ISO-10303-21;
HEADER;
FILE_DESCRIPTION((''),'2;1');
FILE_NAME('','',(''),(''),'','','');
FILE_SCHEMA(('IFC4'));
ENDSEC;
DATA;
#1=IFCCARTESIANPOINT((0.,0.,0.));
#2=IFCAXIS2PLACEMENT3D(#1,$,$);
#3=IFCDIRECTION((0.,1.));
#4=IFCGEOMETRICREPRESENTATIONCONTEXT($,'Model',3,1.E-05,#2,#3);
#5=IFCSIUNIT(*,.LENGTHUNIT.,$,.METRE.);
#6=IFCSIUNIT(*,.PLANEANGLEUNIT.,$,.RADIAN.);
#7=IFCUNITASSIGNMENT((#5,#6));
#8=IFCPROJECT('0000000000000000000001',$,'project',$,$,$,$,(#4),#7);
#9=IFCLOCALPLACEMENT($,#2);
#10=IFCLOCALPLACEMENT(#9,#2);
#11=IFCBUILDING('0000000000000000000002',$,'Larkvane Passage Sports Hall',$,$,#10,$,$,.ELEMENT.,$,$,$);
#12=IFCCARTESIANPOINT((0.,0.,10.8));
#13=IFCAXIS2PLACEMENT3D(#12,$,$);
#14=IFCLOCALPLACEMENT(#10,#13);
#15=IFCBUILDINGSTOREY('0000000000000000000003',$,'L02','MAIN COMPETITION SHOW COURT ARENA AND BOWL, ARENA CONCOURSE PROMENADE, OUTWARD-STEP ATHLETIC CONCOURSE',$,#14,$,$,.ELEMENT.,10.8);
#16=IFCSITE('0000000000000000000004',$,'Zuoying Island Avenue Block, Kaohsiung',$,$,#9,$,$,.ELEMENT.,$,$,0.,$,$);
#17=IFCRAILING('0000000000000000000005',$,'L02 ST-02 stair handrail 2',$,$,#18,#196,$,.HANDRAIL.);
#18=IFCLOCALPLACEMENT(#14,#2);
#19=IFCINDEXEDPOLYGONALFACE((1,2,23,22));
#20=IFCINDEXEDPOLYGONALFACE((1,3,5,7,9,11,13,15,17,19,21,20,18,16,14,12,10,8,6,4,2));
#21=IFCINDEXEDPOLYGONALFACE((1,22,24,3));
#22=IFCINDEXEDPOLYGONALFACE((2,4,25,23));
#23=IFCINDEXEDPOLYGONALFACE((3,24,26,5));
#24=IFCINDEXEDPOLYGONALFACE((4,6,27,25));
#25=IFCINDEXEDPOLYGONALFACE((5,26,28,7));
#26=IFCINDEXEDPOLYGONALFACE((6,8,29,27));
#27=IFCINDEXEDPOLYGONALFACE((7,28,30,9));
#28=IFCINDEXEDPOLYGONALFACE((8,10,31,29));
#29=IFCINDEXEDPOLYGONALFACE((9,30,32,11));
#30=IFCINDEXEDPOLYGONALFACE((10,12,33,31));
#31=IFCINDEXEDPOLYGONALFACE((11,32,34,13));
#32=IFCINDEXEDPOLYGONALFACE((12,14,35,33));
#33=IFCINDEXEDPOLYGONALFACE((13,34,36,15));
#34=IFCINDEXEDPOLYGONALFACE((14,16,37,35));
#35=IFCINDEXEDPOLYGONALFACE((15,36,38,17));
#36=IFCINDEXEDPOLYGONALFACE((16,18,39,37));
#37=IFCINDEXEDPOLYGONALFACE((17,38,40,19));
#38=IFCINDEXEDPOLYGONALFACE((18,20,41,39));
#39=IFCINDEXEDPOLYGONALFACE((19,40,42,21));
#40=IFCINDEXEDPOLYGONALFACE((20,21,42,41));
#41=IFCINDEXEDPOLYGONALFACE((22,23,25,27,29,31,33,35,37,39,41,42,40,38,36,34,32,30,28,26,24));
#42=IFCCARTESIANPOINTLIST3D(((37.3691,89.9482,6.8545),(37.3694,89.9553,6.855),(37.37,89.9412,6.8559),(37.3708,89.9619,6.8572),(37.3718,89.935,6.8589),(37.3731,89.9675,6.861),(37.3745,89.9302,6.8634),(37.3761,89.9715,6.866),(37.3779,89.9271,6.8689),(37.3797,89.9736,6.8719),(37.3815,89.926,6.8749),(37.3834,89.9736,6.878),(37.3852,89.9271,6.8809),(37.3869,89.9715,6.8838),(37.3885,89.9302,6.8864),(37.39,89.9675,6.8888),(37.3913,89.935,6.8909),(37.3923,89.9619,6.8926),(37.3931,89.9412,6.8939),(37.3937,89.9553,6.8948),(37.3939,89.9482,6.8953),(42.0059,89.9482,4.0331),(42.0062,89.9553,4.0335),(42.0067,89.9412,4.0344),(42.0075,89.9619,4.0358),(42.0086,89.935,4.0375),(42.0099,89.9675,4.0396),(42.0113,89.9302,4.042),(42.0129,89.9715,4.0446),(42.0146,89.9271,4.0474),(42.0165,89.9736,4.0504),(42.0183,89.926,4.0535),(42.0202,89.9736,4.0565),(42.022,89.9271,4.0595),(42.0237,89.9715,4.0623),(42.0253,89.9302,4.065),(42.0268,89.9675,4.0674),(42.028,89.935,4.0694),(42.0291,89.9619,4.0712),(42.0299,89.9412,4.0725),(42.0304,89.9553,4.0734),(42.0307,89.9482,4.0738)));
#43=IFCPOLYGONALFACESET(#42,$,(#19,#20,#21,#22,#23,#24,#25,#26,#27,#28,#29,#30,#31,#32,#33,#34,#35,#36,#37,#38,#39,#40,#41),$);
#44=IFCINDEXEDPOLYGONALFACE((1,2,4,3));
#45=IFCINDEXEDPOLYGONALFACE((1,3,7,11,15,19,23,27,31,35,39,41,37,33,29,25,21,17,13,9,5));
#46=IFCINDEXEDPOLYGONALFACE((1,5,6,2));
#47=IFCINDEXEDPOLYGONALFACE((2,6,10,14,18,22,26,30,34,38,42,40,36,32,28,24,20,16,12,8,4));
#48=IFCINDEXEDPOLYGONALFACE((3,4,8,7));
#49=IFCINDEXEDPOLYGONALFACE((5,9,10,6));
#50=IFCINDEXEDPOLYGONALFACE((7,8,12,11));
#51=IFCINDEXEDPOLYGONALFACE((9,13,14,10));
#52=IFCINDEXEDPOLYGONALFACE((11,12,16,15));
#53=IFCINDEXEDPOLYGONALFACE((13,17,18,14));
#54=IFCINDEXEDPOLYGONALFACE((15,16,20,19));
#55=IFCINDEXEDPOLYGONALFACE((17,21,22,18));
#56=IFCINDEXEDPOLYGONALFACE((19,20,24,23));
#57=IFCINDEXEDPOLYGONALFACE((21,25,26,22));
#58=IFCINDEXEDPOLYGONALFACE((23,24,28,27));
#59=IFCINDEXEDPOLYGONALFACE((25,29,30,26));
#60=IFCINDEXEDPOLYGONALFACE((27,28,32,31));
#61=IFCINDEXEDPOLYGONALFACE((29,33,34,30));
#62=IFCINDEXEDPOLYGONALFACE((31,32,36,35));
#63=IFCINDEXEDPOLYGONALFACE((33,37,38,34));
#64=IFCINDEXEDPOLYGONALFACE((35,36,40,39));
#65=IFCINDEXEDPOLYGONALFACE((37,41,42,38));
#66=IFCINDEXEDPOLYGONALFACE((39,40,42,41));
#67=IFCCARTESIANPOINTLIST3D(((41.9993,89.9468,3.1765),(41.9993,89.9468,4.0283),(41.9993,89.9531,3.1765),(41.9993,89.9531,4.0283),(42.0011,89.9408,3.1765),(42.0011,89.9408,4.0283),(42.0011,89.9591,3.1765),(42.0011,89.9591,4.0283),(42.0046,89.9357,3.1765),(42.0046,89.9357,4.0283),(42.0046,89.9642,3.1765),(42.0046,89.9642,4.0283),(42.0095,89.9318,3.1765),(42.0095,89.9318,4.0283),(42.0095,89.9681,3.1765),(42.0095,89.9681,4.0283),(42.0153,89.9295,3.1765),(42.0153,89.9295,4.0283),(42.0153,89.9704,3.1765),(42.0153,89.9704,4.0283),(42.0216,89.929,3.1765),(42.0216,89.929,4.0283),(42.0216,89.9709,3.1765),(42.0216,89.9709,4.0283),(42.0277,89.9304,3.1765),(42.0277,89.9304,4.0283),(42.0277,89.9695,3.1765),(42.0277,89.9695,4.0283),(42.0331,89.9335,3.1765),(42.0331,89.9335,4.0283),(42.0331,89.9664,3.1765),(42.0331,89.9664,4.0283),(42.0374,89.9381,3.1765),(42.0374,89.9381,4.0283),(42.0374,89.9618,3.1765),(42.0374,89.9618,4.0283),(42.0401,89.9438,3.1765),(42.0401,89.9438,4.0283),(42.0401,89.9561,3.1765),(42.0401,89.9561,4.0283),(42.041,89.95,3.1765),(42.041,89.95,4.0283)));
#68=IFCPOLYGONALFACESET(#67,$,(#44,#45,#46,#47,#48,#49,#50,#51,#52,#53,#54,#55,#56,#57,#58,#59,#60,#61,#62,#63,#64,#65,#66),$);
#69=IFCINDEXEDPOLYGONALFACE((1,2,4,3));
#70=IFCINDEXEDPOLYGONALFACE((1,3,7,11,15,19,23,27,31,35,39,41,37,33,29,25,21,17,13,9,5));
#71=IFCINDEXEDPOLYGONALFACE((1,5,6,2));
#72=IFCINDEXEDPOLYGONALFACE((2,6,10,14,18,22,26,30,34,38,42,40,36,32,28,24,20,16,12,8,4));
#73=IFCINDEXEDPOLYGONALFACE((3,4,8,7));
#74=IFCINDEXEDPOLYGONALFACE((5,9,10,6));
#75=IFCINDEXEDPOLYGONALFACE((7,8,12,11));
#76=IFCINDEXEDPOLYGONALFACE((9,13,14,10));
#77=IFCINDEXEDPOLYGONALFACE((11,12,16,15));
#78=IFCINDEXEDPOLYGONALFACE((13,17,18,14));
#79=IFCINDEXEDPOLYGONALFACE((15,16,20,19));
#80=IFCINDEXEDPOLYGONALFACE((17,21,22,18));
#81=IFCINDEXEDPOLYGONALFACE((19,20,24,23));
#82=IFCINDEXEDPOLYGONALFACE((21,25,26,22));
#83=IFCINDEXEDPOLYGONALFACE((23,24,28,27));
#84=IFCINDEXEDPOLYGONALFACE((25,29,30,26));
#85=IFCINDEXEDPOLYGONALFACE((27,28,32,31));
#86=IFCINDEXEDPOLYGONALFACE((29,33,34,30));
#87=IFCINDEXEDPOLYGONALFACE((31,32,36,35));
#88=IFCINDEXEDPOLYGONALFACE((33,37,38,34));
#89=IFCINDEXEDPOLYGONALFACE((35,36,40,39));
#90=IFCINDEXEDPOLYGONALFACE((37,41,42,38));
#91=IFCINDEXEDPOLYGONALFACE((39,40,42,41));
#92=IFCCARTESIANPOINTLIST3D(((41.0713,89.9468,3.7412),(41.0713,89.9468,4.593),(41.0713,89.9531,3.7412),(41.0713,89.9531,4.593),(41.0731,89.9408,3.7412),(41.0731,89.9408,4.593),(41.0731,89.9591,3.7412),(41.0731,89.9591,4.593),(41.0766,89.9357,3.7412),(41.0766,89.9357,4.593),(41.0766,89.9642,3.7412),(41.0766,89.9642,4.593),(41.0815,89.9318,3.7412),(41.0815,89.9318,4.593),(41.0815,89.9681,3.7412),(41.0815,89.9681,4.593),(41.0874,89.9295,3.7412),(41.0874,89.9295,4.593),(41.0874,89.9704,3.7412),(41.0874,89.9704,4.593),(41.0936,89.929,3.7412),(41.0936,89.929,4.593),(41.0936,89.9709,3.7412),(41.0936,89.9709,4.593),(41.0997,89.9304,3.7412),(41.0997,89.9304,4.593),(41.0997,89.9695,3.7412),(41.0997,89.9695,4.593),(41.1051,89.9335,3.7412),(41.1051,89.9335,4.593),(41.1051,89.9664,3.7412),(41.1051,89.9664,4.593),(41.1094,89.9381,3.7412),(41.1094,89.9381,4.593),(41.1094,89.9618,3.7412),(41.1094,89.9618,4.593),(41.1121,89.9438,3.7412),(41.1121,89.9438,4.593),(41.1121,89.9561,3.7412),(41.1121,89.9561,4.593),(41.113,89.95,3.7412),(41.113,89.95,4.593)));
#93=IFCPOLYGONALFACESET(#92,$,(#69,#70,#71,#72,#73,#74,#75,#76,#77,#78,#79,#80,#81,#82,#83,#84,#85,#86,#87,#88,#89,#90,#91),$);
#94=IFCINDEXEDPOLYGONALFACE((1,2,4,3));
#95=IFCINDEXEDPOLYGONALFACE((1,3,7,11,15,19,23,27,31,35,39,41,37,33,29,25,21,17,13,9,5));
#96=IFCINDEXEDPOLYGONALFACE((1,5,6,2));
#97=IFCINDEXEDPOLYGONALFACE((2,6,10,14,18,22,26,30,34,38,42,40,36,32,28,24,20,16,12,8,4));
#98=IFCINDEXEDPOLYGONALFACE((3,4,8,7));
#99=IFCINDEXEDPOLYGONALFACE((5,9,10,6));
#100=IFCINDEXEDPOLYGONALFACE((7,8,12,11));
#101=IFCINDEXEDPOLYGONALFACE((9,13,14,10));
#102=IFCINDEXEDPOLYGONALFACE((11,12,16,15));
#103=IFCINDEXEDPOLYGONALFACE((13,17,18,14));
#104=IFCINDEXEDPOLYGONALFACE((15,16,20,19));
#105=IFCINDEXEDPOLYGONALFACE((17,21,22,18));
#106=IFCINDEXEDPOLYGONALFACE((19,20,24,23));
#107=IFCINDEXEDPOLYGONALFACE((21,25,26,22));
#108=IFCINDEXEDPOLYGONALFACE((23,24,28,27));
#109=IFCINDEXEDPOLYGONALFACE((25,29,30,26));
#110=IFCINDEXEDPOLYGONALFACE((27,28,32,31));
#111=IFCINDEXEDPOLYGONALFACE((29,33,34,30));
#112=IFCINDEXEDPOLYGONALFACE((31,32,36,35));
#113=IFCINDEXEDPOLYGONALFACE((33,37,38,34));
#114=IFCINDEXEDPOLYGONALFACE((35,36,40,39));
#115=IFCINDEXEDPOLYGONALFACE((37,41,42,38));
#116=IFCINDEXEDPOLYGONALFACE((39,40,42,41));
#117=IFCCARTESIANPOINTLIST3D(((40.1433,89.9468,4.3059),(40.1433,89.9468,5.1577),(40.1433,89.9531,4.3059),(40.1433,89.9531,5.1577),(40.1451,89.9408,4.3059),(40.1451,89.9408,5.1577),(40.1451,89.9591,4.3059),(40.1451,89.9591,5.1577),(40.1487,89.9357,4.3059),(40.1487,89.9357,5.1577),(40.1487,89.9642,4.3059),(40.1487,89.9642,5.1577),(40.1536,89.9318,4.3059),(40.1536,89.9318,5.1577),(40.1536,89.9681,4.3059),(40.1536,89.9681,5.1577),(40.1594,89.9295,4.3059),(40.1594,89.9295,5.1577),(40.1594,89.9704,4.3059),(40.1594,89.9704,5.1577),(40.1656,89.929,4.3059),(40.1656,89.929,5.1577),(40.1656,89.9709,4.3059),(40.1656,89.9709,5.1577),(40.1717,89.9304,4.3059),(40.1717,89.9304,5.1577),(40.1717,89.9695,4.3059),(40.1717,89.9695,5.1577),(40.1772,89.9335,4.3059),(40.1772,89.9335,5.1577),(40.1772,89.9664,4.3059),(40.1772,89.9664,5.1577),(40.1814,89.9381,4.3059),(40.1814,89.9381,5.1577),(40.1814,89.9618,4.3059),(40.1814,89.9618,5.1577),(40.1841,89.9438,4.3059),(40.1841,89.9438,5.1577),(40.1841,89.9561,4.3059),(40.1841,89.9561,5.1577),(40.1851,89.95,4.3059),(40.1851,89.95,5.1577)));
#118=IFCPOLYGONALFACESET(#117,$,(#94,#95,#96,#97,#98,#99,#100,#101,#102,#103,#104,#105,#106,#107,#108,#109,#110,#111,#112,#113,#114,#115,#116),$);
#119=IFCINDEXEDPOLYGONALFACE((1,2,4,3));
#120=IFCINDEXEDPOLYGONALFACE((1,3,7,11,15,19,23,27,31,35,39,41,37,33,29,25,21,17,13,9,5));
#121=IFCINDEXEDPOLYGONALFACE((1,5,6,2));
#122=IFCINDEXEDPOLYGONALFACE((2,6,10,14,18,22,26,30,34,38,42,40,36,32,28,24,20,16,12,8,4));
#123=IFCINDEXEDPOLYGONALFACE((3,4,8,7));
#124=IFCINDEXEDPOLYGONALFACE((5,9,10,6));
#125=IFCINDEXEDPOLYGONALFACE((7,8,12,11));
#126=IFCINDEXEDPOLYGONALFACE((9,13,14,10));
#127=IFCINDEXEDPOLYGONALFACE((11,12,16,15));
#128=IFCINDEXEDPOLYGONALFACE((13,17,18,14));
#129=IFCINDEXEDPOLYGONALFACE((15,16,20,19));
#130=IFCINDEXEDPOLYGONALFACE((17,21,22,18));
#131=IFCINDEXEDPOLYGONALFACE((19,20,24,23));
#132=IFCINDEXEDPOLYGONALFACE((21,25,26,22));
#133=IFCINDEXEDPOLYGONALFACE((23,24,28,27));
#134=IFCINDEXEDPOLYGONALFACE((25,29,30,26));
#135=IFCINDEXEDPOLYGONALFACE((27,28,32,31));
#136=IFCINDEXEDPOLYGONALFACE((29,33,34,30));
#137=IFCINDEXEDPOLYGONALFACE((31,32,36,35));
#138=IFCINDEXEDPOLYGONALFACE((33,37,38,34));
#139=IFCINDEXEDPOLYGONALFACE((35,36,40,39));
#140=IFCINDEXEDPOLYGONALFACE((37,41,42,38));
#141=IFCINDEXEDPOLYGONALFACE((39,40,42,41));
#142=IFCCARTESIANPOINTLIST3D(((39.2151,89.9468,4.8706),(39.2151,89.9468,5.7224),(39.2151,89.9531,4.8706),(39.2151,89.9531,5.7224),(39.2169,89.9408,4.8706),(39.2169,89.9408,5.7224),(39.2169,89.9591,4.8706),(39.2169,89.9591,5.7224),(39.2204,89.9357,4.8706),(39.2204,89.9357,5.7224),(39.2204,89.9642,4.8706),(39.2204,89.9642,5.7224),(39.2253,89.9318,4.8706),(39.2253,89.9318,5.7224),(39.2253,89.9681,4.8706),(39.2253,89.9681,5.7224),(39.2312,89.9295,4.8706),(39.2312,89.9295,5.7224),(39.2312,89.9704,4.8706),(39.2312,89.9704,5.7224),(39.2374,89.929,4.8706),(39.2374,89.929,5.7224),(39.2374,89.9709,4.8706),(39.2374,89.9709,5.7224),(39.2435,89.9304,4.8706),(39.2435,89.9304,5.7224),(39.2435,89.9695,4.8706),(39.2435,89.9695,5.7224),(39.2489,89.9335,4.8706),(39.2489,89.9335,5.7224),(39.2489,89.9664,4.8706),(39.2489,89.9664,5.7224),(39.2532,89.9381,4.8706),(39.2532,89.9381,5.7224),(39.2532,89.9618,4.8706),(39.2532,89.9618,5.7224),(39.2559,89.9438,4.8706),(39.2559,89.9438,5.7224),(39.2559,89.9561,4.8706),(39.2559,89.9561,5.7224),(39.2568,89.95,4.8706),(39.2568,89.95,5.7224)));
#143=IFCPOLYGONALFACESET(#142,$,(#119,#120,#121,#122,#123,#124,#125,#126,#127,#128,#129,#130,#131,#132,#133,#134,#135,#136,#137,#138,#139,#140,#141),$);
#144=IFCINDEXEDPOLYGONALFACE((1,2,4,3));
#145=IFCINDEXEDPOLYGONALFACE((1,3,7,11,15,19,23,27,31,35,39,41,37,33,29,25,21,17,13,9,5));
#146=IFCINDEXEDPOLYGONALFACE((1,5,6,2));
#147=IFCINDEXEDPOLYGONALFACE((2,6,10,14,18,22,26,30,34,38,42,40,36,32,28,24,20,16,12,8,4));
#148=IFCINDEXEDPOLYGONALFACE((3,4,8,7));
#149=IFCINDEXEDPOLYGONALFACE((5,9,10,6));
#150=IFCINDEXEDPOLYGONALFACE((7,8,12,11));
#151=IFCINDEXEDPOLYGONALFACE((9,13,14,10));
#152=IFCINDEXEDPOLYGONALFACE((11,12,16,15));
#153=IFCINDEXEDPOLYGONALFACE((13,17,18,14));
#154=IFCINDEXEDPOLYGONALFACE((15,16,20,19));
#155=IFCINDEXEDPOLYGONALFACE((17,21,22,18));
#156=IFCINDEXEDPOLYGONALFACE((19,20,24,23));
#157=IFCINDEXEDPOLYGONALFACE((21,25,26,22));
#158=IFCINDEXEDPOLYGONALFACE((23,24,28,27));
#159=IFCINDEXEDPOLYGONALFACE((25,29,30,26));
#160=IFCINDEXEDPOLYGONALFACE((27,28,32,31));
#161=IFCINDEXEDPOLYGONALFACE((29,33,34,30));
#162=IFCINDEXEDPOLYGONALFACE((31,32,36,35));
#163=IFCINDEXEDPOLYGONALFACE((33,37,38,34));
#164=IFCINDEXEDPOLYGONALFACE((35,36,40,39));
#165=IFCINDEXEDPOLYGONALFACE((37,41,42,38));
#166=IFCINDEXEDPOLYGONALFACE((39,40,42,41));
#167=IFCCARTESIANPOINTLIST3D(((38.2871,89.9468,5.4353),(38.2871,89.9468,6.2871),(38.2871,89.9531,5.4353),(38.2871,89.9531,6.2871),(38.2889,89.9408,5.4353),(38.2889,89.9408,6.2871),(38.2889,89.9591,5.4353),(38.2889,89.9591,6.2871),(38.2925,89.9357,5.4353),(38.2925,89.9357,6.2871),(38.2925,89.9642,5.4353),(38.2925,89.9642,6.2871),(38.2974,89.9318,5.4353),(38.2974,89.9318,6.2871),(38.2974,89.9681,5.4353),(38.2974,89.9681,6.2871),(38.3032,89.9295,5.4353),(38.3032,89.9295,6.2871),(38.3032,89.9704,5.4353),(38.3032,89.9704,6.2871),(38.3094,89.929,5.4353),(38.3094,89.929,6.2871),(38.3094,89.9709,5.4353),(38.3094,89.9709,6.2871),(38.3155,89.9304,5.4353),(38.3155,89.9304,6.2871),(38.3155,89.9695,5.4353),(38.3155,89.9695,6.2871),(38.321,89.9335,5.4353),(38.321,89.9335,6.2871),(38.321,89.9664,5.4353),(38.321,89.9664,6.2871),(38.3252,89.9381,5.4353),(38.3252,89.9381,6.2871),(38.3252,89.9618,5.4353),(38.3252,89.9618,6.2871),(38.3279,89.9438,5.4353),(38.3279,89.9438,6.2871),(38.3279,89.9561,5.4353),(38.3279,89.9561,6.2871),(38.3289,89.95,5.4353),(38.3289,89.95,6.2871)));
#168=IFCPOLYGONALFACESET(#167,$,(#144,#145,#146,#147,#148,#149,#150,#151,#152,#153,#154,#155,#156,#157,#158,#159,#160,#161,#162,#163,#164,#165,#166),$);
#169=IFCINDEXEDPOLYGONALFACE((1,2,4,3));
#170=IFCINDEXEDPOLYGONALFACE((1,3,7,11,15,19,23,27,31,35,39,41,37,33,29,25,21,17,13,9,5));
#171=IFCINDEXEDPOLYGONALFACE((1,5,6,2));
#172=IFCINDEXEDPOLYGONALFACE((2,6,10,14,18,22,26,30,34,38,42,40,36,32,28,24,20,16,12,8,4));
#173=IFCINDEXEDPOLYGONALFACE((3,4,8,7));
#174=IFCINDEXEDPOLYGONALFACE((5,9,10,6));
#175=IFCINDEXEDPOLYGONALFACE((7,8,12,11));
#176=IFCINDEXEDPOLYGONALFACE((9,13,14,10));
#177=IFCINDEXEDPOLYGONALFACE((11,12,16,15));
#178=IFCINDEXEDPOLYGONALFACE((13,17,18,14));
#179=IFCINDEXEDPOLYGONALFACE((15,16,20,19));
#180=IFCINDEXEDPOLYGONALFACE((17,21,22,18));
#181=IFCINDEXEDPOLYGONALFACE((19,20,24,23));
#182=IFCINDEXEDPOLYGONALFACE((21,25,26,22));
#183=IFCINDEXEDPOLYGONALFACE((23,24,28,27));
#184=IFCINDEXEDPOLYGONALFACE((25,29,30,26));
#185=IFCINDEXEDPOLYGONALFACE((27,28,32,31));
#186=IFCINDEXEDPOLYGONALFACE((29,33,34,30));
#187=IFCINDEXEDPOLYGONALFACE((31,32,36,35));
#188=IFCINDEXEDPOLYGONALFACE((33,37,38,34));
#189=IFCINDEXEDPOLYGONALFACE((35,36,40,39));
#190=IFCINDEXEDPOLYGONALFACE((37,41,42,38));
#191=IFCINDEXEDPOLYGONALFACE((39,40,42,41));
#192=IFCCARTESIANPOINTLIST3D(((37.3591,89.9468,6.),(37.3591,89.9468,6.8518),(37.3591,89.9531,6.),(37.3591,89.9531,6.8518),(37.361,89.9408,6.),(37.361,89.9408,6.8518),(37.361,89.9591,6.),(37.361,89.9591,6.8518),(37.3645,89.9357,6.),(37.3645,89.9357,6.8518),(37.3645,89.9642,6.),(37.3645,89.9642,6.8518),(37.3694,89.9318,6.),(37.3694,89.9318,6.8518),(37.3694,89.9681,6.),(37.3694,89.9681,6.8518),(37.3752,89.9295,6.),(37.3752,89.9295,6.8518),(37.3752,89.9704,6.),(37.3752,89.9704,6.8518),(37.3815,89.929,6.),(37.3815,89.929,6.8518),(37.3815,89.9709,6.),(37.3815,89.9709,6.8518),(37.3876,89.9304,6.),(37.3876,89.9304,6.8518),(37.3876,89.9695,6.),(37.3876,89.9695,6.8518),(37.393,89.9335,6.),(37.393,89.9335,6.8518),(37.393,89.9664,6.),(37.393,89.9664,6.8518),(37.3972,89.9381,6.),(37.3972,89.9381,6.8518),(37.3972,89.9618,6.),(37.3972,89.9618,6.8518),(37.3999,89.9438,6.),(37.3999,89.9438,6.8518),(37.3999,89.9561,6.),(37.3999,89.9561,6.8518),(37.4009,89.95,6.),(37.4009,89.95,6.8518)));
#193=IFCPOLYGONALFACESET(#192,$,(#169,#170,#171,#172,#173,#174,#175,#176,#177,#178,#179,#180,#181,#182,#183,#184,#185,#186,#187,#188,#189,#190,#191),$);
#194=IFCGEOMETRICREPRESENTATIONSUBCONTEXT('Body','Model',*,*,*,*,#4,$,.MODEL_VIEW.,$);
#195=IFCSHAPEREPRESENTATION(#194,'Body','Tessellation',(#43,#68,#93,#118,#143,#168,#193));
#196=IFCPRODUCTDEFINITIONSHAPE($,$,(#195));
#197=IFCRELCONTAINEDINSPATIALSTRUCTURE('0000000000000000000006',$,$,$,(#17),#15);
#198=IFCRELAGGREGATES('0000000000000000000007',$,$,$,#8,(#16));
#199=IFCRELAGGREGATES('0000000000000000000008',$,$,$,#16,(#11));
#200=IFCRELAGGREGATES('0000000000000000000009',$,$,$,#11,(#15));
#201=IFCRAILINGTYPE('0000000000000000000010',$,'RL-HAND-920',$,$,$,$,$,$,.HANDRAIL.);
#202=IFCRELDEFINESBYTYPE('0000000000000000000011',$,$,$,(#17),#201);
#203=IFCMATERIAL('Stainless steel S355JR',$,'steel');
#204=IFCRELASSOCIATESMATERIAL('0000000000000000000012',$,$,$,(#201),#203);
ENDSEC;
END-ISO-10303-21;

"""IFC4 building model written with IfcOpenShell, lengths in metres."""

from ifc_helpers import new_model, si_unit, direction, frame, origin, origin_2d, place, context, subcontext, project, spatial, circle, extrude, material, type_object, element, save


model = new_model("IFC4")

# Units and contexts
model_context = context("Model", 3, precision=1e-05, world=origin(), true_north=direction((0.0, 1.0)))
body_context = subcontext(model_context, "Body", "Model", "MODEL_VIEW")
ifc_project = project(units=[si_unit("LENGTHUNIT", "METRE"), si_unit("PLANEANGLEUNIT", "RADIAN")], contexts=[model_context])

# Site, building, storey
site_placement = place(None, origin())
site = spatial("IfcSite", under=ifc_project, at=site_placement, Name="Zuoying Island Avenue Block, Kaohsiung", CompositionType="ELEMENT", RefElevation=0.0)
building_placement = place(site_placement, origin())
building = spatial("IfcBuilding", under=site, at=building_placement, Name="Larkvane Passage Sports Hall", CompositionType="ELEMENT")
storey_placement = place(building_placement, frame((0.0, 0.0, 10.8)))
storey = spatial("IfcBuildingStorey", under=building, at=storey_placement, Name="L02", Description="MAIN COMPETITION SHOW COURT ARENA AND BOWL, ARENA CONCOURSE PROMENADE, OUTWARD-STEP ATHLETIC CONCOURSE", CompositionType="ELEMENT", Elevation=10.8)

# Railing
ifc_material_1 = material(Name="Stainless steel S355JR", Category="steel")
railing_type_1 = type_object("IfcRailingType", Name="RL-HAND-920", PredefinedType="HANDRAIL", material=ifc_material_1)
railing_1_placement = place(storey_placement, frame((42.02, 89.95, 3.1765)))
element("IfcRailing", 1, at=railing_1_placement, inside=storey, type_object=railing_type_1, Name="L02 ST-02 stair handrail 2", PredefinedType="HANDRAIL", context=body_context, shape_type="SweptSolid", body=[
    extrude(circle(Radius=0.0239, at=origin_2d()), frame((-0.0017, 0.0, 0.877), z_axis=(-0.854276, 0.0, 0.51982), x_axis=(0.0, -1.0, 0.0)), (0.0, 0.0, 1.0), 5.4277),
    extrude(circle(Radius=0.021, at=origin_2d()), origin(), (0.0, 0.0, 1.0), 0.8518),
    extrude(circle(Radius=0.021, at=origin_2d()), frame((-0.928, 0.0, 0.5647)), (0.0, 0.0, 1.0), 0.8518),
    extrude(circle(Radius=0.021, at=origin_2d()), frame((-1.856, 0.0, 1.1294)), (0.0, 0.0, 1.0), 0.8518),
    extrude(circle(Radius=0.021, at=origin_2d()), frame((-2.7842, 0.0, 1.6941)), (0.0, 0.0, 1.0), 0.8518),
    extrude(circle(Radius=0.021, at=origin_2d()), frame((-3.7122, 0.0, 2.2588)), (0.0, 0.0, 1.0), 0.8518),
    extrude(circle(Radius=0.021, at=origin_2d()), frame((-4.6401, 0.0, 2.8235)), (0.0, 0.0, 1.0), 0.8518),
])

save(model, "model.ifc")
